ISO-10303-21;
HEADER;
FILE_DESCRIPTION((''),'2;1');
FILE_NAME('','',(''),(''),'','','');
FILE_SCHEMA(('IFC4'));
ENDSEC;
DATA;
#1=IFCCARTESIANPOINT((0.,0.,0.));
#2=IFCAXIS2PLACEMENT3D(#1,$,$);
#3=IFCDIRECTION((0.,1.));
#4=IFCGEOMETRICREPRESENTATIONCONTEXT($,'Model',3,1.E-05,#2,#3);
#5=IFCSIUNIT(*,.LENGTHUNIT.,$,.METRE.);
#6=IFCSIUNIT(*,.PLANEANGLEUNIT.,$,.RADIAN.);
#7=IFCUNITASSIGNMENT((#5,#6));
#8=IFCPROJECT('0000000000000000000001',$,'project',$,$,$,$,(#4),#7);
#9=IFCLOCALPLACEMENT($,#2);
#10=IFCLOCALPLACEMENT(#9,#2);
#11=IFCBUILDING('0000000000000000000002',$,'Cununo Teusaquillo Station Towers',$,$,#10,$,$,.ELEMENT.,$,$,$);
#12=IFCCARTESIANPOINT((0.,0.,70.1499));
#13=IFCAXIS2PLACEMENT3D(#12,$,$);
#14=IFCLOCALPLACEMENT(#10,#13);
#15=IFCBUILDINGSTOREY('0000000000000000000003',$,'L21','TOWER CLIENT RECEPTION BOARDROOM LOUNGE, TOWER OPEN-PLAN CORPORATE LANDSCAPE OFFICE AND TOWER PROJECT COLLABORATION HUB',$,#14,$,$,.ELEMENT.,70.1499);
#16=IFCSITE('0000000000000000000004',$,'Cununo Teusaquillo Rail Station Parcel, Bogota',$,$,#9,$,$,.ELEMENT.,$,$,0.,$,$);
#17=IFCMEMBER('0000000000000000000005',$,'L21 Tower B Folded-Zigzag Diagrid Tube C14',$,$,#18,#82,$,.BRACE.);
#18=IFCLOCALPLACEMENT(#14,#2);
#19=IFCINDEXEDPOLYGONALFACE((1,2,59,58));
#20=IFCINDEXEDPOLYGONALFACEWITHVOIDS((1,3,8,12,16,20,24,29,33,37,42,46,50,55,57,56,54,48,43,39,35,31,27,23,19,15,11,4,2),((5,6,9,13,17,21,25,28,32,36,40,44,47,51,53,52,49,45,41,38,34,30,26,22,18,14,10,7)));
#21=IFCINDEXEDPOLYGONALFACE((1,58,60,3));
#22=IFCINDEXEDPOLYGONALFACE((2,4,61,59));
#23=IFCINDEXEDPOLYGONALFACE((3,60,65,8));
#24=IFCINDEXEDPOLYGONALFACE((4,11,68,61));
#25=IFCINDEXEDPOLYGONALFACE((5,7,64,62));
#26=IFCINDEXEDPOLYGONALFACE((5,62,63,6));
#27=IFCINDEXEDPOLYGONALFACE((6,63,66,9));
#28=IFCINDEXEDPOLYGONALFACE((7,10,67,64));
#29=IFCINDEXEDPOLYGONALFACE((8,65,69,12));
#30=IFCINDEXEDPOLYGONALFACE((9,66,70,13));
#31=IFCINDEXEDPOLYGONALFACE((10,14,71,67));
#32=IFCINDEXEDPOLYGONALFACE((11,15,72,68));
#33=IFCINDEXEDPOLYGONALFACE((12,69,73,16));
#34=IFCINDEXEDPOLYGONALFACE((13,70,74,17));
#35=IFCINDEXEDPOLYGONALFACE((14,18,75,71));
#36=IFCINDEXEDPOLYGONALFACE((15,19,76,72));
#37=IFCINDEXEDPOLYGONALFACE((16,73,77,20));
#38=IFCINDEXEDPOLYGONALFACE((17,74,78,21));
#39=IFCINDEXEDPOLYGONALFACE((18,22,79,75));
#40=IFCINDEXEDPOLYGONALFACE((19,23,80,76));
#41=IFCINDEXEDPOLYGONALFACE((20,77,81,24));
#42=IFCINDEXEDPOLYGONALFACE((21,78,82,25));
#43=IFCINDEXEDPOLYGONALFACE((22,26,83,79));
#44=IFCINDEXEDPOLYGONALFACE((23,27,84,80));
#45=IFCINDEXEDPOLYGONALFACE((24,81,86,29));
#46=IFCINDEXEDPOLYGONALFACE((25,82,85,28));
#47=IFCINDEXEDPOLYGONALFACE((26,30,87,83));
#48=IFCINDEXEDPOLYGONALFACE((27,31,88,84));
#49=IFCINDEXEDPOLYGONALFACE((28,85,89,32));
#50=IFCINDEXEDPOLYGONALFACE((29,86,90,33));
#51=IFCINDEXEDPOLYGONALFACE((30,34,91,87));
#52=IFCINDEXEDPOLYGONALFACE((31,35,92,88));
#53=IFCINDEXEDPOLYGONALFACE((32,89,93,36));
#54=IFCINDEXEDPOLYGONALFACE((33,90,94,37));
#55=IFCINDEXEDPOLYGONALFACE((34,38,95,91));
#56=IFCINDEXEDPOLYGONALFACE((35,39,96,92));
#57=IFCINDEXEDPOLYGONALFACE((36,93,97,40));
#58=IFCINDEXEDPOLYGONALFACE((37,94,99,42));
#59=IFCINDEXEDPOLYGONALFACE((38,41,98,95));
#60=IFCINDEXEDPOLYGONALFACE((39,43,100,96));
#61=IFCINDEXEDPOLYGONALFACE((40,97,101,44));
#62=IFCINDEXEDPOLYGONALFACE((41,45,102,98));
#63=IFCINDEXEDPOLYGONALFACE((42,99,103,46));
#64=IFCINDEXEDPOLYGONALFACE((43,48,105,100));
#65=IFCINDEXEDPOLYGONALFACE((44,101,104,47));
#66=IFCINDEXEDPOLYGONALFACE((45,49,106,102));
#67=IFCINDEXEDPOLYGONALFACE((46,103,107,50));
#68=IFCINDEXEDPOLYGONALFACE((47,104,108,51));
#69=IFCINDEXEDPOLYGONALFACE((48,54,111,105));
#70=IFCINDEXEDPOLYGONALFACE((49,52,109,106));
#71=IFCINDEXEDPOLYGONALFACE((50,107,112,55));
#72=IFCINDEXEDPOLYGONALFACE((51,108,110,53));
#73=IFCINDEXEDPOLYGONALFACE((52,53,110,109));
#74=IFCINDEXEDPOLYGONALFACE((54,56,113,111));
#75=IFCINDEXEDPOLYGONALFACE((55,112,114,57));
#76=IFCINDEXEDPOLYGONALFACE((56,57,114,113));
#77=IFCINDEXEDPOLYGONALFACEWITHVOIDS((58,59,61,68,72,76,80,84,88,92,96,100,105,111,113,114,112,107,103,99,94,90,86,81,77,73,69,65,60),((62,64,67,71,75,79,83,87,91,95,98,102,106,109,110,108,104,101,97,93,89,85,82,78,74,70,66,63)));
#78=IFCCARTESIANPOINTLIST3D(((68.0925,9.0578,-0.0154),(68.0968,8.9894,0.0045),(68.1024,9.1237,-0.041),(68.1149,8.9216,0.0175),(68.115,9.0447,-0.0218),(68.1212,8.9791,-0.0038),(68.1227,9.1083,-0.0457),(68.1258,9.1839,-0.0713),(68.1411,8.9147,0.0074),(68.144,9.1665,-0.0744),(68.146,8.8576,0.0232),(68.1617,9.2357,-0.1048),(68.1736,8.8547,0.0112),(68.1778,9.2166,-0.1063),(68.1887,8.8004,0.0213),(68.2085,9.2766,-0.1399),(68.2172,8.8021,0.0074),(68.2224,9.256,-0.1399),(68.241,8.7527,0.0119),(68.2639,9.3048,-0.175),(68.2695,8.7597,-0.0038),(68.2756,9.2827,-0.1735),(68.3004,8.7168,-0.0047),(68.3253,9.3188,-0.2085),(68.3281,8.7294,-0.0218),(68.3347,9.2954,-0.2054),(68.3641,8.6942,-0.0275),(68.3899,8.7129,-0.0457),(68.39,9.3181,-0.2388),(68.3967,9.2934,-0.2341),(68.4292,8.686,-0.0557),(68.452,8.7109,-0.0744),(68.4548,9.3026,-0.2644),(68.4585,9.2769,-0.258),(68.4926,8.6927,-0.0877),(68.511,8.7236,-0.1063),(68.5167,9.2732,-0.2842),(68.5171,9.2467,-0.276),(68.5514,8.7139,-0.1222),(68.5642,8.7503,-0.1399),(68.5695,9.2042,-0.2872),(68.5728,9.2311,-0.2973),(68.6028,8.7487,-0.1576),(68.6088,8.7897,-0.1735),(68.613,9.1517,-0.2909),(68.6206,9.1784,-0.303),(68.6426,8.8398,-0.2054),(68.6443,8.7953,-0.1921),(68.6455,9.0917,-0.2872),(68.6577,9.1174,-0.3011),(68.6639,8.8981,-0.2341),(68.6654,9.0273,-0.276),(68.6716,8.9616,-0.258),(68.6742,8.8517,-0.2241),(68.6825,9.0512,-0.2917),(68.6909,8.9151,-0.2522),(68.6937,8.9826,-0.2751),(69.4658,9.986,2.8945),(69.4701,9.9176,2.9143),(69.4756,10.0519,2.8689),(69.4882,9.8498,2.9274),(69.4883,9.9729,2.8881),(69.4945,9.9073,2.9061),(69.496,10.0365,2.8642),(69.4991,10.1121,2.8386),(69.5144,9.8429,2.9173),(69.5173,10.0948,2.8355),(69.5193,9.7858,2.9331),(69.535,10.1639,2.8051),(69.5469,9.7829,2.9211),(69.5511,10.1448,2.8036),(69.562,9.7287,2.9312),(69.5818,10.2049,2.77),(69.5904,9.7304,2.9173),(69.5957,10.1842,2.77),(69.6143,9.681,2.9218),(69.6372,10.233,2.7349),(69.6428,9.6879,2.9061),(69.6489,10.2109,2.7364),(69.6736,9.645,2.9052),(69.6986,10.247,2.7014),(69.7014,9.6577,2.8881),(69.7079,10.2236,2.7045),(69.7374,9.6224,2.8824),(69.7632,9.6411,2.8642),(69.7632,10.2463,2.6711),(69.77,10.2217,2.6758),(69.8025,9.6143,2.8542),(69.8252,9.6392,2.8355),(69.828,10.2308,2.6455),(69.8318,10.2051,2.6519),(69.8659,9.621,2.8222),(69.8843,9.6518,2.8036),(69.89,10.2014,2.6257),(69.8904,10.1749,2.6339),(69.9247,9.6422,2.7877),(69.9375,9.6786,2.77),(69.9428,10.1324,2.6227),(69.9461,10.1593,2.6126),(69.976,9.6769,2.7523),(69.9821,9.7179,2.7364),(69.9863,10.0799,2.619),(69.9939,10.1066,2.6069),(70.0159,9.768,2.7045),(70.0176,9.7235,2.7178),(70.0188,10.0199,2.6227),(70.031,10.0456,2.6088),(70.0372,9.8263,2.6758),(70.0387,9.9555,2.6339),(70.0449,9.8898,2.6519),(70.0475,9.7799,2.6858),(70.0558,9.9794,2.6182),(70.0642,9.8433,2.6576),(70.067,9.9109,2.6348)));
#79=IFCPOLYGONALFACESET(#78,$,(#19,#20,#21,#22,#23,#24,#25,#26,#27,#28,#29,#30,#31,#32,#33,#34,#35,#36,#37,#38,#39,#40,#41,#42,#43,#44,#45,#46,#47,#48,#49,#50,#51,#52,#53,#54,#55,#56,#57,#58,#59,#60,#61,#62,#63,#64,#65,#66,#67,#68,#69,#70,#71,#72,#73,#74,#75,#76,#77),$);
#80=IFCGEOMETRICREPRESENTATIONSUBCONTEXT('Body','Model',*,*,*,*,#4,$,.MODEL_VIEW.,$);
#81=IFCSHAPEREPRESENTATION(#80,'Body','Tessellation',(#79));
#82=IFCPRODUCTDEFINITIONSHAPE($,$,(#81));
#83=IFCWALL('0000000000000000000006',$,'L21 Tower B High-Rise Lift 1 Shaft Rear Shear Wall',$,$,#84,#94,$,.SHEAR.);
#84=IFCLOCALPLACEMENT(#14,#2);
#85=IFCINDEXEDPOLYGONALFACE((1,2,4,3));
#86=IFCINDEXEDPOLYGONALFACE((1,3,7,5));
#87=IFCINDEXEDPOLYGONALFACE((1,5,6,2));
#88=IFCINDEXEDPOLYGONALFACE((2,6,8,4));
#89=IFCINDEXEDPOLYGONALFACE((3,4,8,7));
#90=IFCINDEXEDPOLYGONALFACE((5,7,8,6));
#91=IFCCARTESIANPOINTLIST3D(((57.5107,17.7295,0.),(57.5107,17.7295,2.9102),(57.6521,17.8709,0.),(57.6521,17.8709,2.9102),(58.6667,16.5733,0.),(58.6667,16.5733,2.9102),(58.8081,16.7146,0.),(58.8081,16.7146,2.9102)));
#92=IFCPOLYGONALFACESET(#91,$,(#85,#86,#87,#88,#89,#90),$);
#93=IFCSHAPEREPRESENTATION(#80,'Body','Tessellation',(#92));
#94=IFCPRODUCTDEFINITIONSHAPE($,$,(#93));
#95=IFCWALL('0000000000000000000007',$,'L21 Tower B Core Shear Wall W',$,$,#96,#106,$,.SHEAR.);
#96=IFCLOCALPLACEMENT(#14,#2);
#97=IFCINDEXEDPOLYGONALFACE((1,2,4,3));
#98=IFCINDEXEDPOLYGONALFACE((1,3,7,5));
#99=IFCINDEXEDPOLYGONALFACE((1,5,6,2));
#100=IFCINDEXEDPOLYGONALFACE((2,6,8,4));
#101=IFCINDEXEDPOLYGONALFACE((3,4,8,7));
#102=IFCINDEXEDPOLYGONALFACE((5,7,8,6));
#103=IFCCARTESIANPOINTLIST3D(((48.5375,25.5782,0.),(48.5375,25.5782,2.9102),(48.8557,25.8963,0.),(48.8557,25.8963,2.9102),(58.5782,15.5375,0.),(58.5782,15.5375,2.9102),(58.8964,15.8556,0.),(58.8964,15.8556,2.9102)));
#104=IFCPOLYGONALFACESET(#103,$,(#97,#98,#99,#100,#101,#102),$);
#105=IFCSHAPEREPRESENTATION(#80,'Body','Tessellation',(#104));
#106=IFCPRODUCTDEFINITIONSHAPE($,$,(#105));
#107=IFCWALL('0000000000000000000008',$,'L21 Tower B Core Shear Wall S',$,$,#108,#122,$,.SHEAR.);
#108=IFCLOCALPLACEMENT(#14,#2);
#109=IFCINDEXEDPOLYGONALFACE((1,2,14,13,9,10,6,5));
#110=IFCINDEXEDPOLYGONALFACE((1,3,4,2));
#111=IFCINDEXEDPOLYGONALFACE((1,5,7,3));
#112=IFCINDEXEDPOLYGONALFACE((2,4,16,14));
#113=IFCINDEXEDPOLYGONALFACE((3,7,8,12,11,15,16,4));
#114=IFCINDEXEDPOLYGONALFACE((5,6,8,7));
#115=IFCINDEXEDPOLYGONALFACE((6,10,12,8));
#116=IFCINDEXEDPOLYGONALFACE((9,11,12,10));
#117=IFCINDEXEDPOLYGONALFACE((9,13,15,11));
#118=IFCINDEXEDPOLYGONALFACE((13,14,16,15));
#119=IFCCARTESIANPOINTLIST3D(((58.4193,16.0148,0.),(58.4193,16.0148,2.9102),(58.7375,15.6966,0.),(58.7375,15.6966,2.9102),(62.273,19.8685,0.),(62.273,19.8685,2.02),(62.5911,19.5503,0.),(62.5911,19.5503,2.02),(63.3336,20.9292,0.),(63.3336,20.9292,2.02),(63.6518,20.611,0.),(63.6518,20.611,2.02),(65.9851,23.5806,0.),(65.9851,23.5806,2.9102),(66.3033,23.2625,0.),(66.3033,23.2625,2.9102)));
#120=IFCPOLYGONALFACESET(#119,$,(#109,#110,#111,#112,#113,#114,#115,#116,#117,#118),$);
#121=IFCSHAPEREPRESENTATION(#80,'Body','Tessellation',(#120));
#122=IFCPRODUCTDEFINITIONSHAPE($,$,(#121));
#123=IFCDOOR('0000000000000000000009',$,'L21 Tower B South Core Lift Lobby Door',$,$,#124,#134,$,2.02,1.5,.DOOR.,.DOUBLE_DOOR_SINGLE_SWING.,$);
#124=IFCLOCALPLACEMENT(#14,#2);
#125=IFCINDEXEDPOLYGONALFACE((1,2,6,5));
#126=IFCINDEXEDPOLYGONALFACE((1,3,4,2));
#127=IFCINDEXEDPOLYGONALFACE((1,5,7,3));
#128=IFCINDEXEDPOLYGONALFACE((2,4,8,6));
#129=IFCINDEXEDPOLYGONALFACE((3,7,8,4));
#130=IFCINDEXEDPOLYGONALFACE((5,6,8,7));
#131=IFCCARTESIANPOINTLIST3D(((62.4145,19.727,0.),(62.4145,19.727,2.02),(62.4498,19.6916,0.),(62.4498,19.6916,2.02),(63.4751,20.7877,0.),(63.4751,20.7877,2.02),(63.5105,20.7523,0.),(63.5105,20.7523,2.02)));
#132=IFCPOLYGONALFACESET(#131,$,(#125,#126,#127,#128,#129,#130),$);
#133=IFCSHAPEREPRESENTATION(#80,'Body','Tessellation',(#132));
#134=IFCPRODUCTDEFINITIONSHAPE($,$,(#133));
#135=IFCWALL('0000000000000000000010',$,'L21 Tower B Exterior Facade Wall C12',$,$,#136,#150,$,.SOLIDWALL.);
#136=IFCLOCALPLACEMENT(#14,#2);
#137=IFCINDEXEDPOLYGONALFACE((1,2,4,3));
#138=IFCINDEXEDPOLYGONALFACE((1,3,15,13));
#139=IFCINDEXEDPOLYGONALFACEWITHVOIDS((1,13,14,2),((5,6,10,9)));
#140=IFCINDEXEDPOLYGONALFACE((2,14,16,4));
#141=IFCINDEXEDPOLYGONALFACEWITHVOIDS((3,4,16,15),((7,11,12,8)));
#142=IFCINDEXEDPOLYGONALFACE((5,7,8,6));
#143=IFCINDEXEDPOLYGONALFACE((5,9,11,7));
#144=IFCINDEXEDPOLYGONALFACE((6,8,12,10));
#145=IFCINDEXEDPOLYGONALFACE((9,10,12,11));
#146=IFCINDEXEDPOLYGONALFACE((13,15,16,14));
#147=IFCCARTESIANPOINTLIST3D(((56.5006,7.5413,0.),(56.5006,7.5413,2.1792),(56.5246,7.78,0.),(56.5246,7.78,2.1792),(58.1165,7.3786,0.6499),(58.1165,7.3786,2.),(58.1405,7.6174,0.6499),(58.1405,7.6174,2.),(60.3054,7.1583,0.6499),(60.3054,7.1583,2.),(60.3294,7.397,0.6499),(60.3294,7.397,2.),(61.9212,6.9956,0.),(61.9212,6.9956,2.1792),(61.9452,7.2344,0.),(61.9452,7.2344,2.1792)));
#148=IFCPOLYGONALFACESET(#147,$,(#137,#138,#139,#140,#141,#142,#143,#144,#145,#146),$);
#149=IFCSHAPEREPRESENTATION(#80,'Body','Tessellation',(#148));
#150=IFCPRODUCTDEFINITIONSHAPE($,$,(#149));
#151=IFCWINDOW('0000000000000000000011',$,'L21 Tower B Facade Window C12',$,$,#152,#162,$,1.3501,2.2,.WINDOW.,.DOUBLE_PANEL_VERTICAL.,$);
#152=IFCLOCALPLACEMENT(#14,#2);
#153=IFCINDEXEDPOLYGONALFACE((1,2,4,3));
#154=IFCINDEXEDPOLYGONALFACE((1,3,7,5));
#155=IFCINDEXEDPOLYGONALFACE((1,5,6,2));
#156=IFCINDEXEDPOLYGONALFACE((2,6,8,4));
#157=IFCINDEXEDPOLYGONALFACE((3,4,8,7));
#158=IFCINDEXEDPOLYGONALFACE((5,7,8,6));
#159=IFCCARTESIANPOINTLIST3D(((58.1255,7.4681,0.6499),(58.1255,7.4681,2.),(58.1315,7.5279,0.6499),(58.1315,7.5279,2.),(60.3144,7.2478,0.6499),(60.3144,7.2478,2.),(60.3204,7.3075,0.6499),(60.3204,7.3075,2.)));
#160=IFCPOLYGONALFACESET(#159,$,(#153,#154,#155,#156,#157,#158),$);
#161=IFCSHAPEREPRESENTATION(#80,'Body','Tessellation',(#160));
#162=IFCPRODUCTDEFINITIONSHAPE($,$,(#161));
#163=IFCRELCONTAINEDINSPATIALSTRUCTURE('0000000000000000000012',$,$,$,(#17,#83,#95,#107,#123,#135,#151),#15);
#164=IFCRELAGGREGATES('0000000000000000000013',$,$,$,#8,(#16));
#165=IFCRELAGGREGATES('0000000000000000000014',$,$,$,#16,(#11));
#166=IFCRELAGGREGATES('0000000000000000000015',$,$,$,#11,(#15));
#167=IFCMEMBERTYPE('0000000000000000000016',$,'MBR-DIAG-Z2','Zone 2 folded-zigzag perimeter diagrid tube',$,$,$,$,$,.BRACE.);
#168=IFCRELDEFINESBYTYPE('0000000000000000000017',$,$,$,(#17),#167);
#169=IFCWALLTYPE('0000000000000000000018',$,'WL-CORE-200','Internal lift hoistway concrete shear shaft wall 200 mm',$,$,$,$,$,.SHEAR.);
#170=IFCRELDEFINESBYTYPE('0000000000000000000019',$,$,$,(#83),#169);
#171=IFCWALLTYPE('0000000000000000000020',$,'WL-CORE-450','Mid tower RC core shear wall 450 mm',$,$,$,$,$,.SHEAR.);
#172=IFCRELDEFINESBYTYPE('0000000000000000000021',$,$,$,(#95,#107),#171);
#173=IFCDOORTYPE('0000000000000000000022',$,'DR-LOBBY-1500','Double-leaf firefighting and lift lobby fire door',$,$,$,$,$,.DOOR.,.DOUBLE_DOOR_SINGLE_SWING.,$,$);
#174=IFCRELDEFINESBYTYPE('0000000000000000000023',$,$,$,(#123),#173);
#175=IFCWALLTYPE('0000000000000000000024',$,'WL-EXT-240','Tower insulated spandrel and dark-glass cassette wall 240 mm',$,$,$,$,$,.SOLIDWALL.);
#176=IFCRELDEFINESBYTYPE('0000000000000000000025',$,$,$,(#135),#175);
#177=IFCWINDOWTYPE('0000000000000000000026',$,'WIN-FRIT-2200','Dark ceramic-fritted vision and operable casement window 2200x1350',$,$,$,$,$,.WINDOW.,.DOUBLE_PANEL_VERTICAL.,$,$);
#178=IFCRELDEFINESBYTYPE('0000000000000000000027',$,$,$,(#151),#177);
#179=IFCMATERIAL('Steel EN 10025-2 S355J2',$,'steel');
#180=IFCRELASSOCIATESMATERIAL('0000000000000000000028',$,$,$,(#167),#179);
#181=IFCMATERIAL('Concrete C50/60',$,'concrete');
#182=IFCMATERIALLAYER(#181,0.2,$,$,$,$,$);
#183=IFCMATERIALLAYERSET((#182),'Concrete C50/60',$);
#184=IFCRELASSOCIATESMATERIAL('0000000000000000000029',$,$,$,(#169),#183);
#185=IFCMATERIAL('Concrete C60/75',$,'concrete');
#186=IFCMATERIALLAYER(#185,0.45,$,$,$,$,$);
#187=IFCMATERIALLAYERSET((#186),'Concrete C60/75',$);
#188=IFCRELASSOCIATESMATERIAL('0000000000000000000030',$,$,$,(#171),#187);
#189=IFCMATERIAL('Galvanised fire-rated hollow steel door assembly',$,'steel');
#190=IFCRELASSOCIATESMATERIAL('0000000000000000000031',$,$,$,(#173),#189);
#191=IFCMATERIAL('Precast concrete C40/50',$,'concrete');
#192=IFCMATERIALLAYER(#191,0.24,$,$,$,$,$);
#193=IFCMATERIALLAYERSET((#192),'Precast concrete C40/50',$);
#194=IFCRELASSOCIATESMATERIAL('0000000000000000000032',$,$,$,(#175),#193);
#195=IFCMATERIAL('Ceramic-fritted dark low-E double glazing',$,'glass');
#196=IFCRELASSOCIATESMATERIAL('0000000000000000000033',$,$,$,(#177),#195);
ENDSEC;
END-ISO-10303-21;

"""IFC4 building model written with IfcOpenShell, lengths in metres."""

from ifc_helpers import new_model, si_unit, direction, frame, frame_2d, origin, origin_2d, place, context, subcontext, project, spatial, rectangle, hollow_circle, extrude, source, transform, mapped, material, layer, layer_set, material_profile, profile_set, type_object, element, fill, save


model = new_model("IFC4")

# Units and contexts
model_context = context("Model", 3, precision=1e-05, world=origin(), true_north=direction((0.0, 1.0)))
body_context = subcontext(model_context, "Body", "Model", "MODEL_VIEW")
ifc_project = project(units=[si_unit("LENGTHUNIT", "METRE"), si_unit("PLANEANGLEUNIT", "RADIAN")], contexts=[model_context])

# Site, building, storey
site_placement = place(None, origin())
site = spatial("IfcSite", under=ifc_project, at=site_placement, Name="Cununo Teusaquillo Rail Station Parcel, Bogota", CompositionType="ELEMENT", RefElevation=0.0)
building_placement = place(site_placement, origin())
building = spatial("IfcBuilding", under=site, at=building_placement, Name="Cununo Teusaquillo Station Towers", CompositionType="ELEMENT")
storey_placement = place(building_placement, frame((0.0, 0.0, 70.1499)))
storey = spatial("IfcBuildingStorey", under=building, at=storey_placement, Name="L21", Description="TOWER CLIENT RECEPTION BOARDROOM LOUNGE, TOWER OPEN-PLAN CORPORATE LANDSCAPE OFFICE AND TOWER PROJECT COLLABORATION HUB", CompositionType="ELEMENT", Elevation=70.1499)

# Member
ifc_material_1 = material(Name="Steel EN 10025-2 S355J2", Category="steel")
ifc_material_profile_1 = material_profile(ifc_material_1, hollow_circle(Radius=0.3301, WallThickness=0.0249, at=origin_2d()), Name="CHS 660x25")
ifc_profile_set_1 = profile_set([ifc_material_profile_1], Name="Steel EN 10025-2 S355J2")
member_type = type_object("IfcMemberType", Name="MBR-DIAG-Z2", Description="Zone 2 folded-zigzag perimeter diagrid tube", PredefinedType="BRACE", material=ifc_profile_set_1)
member_placement = place(storey_placement, frame((68.3933, 9.0032, -0.1399), z_axis=(0.410073, 0.277173, 0.868916), x_axis=(-0.559991, 0.828498, 0.0)))
element("IfcMember", 1, at=member_placement, inside=storey, type_object=member_type, Name="L21 Tower B Folded-Zigzag Diagrid Tube C14", PredefinedType="BRACE", context=body_context, shape_type="SweptSolid", body=[
    extrude(hollow_circle(Radius=0.3301, WallThickness=0.0249, at=origin_2d()), origin(), (0.0, 0.0, 1.0), 3.3489),
])

# Walls
ifc_material_2 = material(Name="Concrete C50/60", Category="concrete")
ifc_layer_1 = layer(ifc_material_2, 0.2)
ifc_layer_set_1 = layer_set([ifc_layer_1], Name="Concrete C50/60")
wall_type_1 = type_object("IfcWallType", Name="WL-CORE-200", Description="Internal lift hoistway concrete shear shaft wall 200 mm", PredefinedType="SHEAR", material=ifc_layer_set_1)
wall_1_placement = place(storey_placement, frame((58.7373, 16.644, 0.0), z_axis=(0.0, 0.0, 1.0), x_axis=(-0.707032, 0.707181, 0.0)))
element("IfcWall", 2, at=wall_1_placement, inside=storey, type_object=wall_type_1, Name="L21 Tower B High-Rise Lift 1 Shaft Rear Shear Wall", PredefinedType="SHEAR", context=body_context, shape_type="SweptSolid", body=[
    extrude(rectangle(XDim=1.635, YDim=0.2, at=frame_2d((0.8174, 0.0))), origin(), (0.0, 0.0, 1.0), 2.9102),
])
ifc_material_3 = material(Name="Concrete C60/75", Category="concrete")
ifc_layer_2 = layer(ifc_material_3, 0.45)
ifc_layer_set_2 = layer_set([ifc_layer_2], Name="Concrete C60/75")
wall_type_2 = type_object("IfcWallType", Name="WL-CORE-450", Description="Mid tower RC core shear wall 450 mm", PredefinedType="SHEAR", material=ifc_layer_set_2)
wall_2_placement = place(storey_placement, frame((58.7373, 15.6965, 0.0), z_axis=(0.0, 0.0, 1.0), x_axis=(-0.707107, 0.707107, 0.0)))
element("IfcWall", 3, at=wall_2_placement, inside=storey, type_object=wall_type_2, Name="L21 Tower B Core Shear Wall W", PredefinedType="SHEAR", context=body_context, shape_type="SweptSolid", body=[
    extrude(rectangle(XDim=14.1997, YDim=0.45, at=frame_2d((7.0999, 0.0))), origin(), (0.0, 0.0, 1.0), 2.9102),
])

# Wall, opening, door
wall_3_placement = place(storey_placement, frame((58.5784, 15.8557, 0.0), z_axis=(0.0, 0.0, 1.0), x_axis=(0.707107, 0.707107, 0.0)))
wall_3 = element("IfcWall", 4, at=wall_3_placement, inside=storey, type_object=wall_type_2, Name="L21 Tower B Core Shear Wall S", PredefinedType="SHEAR", context=body_context, shape_type="SweptSolid", body=[
    extrude(rectangle(XDim=10.6997, YDim=0.45, at=frame_2d((5.3499, 0.0))), origin(), (0.0, 0.0, 1.0), 2.9102),
])
shared_shape_1 = source(origin(), body_context, "Body", "SweptSolid", [
    extrude(rectangle(XDim=1.5, YDim=2.02, at=frame_2d((0.75, 1.01))), frame((0.0, 0.2349, 0.0), z_axis=(0.0, -1.0, 0.0), x_axis=(1.0, 0.0, 0.0)), (0.0, 0.0, 1.0), 0.47),
])
opening_1_placement = place(wall_3_placement, frame((5.45, 0.0, 0.0)))
opening_1 = element("IfcOpeningElement", 5, at=opening_1_placement, cuts=wall_3, PredefinedType="OPENING", context=body_context, shape_type="MappedRepresentation", body=[
    mapped(shared_shape_1, transform((0.0, 0.0, 0.0), x_axis=(1.0, 0.0, 0.0), y_axis=(0.0, 1.0, 0.0), z_axis=(0.0, 0.0, 1.0), scale=1.0)),
])
ifc_material_4 = material(Name="Galvanised fire-rated hollow steel door assembly", Category="steel")
door_type = type_object("IfcDoorType", Name="DR-LOBBY-1500", Description="Double-leaf firefighting and lift lobby fire door", OperationType="DOUBLE_DOOR_SINGLE_SWING", PredefinedType="DOOR", material=ifc_material_4)
shared_shape_2 = source(origin(), body_context, "Body", "SweptSolid", [
    extrude(rectangle(XDim=1.5, YDim=2.02, at=frame_2d((0.75, 1.01))), frame((0.0, 0.0249, 0.0), z_axis=(0.0, -1.0, 0.0), x_axis=(1.0, 0.0, 0.0)), (0.0, 0.0, 1.0), 0.05),
])
door_placement = place(opening_1_placement, origin())
door = element("IfcDoor", 6, at=door_placement, inside=storey, type_object=door_type, Name="L21 Tower B South Core Lift Lobby Door", OperationType="DOUBLE_DOOR_SINGLE_SWING", OverallHeight=2.02, OverallWidth=1.5, PredefinedType="DOOR", context=body_context, shape_type="MappedRepresentation", body=[
    mapped(shared_shape_2, transform((0.0, 0.0, 0.0), x_axis=(1.0, 0.0, 0.0), y_axis=(0.0, 1.0, 0.0), z_axis=(0.0, 0.0, 1.0), scale=1.0)),
])
fill(opening_1, door)

# Wall, opening, window
ifc_material_5 = material(Name="Precast concrete C40/50", Category="concrete")
ifc_layer_3 = layer(ifc_material_5, 0.24)
ifc_layer_set_3 = layer_set([ifc_layer_3], Name="Precast concrete C40/50")
wall_type_3 = type_object("IfcWallType", Name="WL-EXT-240", Description="Tower insulated spandrel and dark-glass cassette wall 240 mm", PredefinedType="SOLIDWALL", material=ifc_layer_set_3)
wall_4_placement = place(storey_placement, frame((61.9333, 7.115, 0.0), z_axis=(0.0, 0.0, 1.0), x_axis=(-0.994972, 0.100156, 0.0)))
wall_4 = element("IfcWall", 7, at=wall_4_placement, inside=storey, type_object=wall_type_3, Name="L21 Tower B Exterior Facade Wall C12", PredefinedType="SOLIDWALL", context=body_context, shape_type="SweptSolid", body=[
    extrude(rectangle(XDim=5.448, YDim=0.24, at=frame_2d((2.7241, 0.0))), origin(), (0.0, 0.0, 1.0), 2.1792),
])
shared_shape_3 = source(origin(), body_context, "Body", "SweptSolid", [
    extrude(rectangle(XDim=2.2, YDim=1.3501, at=frame_2d((1.1001, 0.675))), frame((0.0, 0.1299, 0.0), z_axis=(0.0, -1.0, 0.0), x_axis=(1.0, 0.0, 0.0)), (0.0, 0.0, 1.0), 0.26),
])
opening_2_placement = place(wall_4_placement, frame((1.624, 0.0, 0.6499)))
opening_2 = element("IfcOpeningElement", 8, at=opening_2_placement, cuts=wall_4, PredefinedType="OPENING", context=body_context, shape_type="MappedRepresentation", body=[
    mapped(shared_shape_3, transform((0.0, 0.0, 0.0), x_axis=(1.0, 0.0, 0.0), y_axis=(0.0, 1.0, 0.0), z_axis=(0.0, 0.0, 1.0), scale=1.0)),
])
ifc_material_6 = material(Name="Ceramic-fritted dark low-E double glazing", Category="glass")
window_type_1 = type_object("IfcWindowType", Name="WIN-FRIT-2200", Description="Dark ceramic-fritted vision and operable casement window 2200x1350", PartitioningType="DOUBLE_PANEL_VERTICAL", PredefinedType="WINDOW", material=ifc_material_6)
shared_shape_4 = source(origin(), body_context, "Body", "SweptSolid", [
    extrude(rectangle(XDim=2.2, YDim=1.3501, at=frame_2d((1.1001, 0.675))), frame((0.0, 0.03, 0.0), z_axis=(0.0, -1.0, 0.0), x_axis=(1.0, 0.0, 0.0)), (0.0, 0.0, 1.0), 0.0601),
])
window_1_placement = place(opening_2_placement, origin())
window_1 = element("IfcWindow", 9, at=window_1_placement, inside=storey, type_object=window_type_1, Name="L21 Tower B Facade Window C12", OverallHeight=1.3501, OverallWidth=2.2, PartitioningType="DOUBLE_PANEL_VERTICAL", PredefinedType="WINDOW", context=body_context, shape_type="MappedRepresentation", body=[
    mapped(shared_shape_4, transform((0.0, 0.0, 0.0), x_axis=(1.0, 0.0, 0.0), y_axis=(0.0, 1.0, 0.0), z_axis=(0.0, 0.0, 1.0), scale=1.0)),
])
fill(opening_2, window_1)

save(model, "model.ifc")
